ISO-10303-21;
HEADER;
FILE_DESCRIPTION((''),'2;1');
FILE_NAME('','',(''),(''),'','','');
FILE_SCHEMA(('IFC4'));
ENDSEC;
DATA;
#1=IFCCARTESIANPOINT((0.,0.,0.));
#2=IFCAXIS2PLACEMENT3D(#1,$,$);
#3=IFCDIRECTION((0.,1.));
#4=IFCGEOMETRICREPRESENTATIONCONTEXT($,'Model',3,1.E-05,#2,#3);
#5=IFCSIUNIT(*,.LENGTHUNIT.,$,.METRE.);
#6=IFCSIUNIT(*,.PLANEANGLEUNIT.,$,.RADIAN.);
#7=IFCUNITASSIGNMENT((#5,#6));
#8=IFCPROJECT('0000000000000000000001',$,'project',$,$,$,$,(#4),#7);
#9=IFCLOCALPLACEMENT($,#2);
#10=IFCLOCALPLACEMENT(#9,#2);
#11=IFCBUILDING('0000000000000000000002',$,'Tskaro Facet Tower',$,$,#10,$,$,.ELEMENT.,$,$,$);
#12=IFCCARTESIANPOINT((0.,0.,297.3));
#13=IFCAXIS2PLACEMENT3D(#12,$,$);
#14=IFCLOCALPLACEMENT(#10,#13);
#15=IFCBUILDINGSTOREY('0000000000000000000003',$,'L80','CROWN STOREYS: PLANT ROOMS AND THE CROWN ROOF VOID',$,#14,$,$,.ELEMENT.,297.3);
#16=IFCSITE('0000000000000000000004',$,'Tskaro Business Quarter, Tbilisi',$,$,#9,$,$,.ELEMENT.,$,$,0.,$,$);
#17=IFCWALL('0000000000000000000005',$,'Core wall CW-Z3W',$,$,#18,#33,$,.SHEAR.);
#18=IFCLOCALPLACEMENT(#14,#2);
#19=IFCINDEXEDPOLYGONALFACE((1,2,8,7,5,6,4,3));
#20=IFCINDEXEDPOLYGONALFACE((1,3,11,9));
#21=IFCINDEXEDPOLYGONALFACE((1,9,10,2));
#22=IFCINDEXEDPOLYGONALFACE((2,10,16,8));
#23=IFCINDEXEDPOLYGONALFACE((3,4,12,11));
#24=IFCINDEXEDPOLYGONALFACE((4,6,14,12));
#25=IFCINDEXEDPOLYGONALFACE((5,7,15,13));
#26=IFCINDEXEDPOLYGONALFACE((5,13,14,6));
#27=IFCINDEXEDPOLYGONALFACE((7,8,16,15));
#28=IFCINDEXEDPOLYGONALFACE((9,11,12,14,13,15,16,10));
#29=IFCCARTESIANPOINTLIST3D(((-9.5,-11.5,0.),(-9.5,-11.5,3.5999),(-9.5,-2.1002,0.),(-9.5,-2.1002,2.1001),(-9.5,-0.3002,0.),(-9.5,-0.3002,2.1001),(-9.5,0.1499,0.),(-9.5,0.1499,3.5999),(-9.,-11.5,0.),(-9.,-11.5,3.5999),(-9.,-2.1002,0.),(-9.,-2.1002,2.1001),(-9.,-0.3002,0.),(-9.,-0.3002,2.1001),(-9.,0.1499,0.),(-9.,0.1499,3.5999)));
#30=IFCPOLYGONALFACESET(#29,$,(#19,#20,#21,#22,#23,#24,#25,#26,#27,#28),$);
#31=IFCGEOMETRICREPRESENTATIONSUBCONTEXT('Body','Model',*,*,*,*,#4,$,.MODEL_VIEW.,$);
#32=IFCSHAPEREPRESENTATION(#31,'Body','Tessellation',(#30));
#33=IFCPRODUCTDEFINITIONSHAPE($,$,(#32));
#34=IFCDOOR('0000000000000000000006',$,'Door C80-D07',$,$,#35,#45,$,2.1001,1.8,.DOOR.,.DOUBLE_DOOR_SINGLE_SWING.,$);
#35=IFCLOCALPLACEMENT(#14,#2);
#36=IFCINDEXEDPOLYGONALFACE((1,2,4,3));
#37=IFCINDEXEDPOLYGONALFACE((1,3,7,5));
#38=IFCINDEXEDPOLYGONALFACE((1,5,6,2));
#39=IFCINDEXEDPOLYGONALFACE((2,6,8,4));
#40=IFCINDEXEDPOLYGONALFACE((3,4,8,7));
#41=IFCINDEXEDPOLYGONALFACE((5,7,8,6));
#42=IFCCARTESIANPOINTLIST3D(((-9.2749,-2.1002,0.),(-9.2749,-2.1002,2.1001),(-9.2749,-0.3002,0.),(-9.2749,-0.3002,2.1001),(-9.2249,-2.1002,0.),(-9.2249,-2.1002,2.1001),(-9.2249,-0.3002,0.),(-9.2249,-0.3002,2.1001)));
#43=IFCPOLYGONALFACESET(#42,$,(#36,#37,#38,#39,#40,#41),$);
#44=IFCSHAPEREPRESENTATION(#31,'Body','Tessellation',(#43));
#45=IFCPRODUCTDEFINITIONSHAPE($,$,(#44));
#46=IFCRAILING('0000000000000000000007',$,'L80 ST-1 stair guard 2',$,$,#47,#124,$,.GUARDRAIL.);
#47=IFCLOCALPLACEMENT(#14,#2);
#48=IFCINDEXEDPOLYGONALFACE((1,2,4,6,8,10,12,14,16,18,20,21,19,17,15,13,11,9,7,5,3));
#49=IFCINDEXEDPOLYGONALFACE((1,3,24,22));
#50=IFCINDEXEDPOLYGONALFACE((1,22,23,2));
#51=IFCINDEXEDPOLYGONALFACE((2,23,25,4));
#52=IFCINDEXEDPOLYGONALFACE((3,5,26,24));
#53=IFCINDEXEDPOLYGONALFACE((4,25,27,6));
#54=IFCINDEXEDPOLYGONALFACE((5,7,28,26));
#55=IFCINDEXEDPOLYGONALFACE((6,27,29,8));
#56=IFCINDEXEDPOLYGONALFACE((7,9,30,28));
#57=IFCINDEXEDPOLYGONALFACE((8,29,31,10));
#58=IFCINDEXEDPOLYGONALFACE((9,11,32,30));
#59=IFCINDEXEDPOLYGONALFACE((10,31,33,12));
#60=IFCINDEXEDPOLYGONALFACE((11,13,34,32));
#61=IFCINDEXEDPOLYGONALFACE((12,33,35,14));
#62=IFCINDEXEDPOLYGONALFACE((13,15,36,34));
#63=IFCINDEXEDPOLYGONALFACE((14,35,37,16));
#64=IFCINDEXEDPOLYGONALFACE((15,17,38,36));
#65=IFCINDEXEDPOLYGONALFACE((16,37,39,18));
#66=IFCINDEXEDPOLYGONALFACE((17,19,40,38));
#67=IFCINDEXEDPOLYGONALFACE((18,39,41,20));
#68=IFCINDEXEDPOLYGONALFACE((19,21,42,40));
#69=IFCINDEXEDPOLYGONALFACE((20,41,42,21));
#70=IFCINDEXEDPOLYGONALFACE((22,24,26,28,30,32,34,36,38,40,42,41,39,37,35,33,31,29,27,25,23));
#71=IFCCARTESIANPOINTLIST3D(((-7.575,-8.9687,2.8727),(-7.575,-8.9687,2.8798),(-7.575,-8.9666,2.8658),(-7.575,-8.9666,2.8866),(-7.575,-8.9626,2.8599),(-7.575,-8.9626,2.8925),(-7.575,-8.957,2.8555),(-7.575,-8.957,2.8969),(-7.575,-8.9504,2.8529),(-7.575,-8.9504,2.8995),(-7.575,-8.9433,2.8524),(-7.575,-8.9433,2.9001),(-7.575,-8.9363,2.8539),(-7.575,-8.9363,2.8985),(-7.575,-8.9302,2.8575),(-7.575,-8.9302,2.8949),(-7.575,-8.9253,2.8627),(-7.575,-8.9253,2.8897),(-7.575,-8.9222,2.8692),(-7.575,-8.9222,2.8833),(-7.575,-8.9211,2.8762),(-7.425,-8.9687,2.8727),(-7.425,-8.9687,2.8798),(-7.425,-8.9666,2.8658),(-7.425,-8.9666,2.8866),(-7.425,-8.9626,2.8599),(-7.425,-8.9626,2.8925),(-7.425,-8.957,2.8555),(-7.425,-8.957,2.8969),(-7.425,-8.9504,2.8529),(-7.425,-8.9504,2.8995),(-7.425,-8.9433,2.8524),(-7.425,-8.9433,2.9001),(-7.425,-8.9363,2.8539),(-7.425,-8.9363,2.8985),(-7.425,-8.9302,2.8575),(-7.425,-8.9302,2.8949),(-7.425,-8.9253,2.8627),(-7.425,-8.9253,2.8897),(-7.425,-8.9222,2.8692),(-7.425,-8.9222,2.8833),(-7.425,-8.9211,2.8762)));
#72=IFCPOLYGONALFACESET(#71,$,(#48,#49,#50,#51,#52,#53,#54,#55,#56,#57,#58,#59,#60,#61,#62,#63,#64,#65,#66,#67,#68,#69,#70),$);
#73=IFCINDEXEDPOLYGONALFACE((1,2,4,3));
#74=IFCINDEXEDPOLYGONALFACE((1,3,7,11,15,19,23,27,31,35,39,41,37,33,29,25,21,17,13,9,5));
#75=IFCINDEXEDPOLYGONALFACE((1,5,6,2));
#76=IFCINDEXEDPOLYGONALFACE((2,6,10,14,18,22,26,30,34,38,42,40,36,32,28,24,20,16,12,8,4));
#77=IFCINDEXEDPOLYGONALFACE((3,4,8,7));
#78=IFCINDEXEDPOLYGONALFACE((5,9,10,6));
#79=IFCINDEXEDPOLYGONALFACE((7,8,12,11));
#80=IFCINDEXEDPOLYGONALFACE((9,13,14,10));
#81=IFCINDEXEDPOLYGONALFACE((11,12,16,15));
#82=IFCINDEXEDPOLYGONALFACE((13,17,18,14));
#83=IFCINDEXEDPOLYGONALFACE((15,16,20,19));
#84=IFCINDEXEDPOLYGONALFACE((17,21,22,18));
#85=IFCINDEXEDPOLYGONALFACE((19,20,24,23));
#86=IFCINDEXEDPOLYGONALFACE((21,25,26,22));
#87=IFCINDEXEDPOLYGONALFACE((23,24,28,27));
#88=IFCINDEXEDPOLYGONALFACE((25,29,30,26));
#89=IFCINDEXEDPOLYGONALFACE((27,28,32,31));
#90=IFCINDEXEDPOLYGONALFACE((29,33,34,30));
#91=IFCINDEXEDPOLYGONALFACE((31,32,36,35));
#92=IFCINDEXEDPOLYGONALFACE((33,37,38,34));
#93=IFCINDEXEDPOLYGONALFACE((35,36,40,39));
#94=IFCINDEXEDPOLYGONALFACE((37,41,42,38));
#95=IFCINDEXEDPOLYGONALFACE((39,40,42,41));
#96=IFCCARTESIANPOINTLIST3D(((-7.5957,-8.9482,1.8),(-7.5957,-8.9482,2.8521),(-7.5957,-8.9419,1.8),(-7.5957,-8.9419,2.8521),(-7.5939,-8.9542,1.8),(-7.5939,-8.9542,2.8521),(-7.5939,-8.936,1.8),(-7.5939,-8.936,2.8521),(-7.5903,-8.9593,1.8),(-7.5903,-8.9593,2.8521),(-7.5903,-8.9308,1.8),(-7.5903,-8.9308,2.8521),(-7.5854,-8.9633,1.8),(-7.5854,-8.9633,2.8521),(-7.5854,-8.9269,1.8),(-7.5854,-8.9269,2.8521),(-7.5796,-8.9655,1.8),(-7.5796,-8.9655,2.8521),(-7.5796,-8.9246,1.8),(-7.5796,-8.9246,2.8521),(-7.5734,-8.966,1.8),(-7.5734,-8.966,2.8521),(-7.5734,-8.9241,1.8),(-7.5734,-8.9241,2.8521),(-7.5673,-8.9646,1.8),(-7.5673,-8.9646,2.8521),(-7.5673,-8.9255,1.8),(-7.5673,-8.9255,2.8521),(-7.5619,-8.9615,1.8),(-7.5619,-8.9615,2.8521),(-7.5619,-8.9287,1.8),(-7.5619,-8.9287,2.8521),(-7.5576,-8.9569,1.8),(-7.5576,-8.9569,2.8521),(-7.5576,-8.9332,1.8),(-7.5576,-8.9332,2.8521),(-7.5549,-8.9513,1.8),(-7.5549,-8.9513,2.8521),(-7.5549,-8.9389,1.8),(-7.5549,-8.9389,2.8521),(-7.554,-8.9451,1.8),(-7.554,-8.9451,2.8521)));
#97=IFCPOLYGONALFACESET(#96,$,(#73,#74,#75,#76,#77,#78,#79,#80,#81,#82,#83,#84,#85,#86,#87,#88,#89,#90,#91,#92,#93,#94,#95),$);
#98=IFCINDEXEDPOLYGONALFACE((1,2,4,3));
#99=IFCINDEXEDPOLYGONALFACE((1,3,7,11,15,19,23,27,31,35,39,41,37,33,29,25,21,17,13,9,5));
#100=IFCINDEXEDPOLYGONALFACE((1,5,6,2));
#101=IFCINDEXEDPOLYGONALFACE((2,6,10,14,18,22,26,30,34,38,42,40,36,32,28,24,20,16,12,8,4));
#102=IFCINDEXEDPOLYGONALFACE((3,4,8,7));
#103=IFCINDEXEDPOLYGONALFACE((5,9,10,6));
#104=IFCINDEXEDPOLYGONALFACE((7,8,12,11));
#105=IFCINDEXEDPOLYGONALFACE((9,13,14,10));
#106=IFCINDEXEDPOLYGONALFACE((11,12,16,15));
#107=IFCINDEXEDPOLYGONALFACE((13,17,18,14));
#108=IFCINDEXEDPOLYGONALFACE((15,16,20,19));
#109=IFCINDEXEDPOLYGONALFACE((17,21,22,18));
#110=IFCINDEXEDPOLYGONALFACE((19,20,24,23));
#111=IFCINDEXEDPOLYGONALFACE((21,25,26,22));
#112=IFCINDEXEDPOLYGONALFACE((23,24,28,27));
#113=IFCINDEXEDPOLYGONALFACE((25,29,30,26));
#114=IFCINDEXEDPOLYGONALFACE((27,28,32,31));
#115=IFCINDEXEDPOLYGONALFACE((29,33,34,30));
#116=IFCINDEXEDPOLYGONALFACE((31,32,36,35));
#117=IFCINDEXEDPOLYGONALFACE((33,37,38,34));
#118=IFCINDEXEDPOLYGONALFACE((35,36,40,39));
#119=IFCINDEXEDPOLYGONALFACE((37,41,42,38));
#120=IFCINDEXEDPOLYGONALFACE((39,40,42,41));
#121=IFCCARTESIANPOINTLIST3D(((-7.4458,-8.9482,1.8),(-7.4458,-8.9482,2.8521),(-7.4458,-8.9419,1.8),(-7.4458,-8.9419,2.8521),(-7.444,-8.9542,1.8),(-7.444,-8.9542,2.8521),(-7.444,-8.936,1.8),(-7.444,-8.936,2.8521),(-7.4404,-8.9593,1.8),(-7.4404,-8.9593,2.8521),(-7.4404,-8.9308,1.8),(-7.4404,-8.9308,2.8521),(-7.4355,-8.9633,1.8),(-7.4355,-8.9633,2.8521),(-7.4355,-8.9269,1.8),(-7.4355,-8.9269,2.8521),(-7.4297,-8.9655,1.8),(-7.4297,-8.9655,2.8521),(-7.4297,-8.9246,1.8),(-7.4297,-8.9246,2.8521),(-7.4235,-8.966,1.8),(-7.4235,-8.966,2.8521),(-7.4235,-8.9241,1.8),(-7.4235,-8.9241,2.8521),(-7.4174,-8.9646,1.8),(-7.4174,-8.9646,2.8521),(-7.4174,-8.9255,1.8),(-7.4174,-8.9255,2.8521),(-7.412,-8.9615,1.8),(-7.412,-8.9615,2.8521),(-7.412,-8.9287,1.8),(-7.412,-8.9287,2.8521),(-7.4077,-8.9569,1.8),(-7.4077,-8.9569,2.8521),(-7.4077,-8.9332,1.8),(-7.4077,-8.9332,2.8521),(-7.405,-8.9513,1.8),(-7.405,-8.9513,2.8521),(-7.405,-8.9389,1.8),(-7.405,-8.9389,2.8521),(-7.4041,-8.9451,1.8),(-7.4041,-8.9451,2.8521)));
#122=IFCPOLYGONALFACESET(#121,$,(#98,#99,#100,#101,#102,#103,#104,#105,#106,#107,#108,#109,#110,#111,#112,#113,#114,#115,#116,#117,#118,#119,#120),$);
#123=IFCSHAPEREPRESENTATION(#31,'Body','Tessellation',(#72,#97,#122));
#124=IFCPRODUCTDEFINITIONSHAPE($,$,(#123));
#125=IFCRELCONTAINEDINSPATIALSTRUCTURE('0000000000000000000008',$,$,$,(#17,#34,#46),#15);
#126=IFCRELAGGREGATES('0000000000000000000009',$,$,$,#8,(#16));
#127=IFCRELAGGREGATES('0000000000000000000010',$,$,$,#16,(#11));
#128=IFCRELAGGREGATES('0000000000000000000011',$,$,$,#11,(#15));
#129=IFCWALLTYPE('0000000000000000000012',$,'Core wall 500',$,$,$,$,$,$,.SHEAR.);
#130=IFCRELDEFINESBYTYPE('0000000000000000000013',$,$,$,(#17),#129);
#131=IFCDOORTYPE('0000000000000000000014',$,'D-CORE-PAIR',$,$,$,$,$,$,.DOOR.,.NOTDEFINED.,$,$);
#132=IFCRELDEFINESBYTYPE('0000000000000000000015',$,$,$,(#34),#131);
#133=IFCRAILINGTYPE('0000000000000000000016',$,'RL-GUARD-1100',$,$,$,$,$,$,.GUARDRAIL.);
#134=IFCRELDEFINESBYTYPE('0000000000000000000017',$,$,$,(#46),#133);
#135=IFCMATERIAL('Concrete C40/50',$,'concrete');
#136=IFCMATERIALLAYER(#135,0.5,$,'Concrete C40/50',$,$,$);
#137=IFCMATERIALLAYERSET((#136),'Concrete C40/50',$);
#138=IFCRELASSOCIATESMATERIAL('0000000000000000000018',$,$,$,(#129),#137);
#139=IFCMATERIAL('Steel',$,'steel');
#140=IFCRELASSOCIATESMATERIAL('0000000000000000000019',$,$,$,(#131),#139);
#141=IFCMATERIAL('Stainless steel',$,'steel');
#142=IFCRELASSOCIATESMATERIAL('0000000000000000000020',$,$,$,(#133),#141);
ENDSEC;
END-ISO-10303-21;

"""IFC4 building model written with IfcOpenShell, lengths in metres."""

from ifc_helpers import new_model, si_unit, direction, frame, frame_2d, origin, origin_2d, place, context, subcontext, project, spatial, polyline, rectangle, circle, outline, extrude, material, layer, layer_set, type_object, element, fill, save


model = new_model("IFC4")

# Units and contexts
model_context = context("Model", 3, precision=1e-05, world=origin(), true_north=direction((0.0, 1.0)))
body_context = subcontext(model_context, "Body", "Model", "MODEL_VIEW")
ifc_project = project(units=[si_unit("LENGTHUNIT", "METRE"), si_unit("PLANEANGLEUNIT", "RADIAN")], contexts=[model_context])

# Site, building, storey
site_placement = place(None, origin())
site = spatial("IfcSite", under=ifc_project, at=site_placement, Name="Tskaro Business Quarter, Tbilisi", CompositionType="ELEMENT", RefElevation=0.0)
building_placement = place(site_placement, origin())
building = spatial("IfcBuilding", under=site, at=building_placement, Name="Tskaro Facet Tower", CompositionType="ELEMENT")
storey_placement = place(building_placement, frame((0.0, 0.0, 297.3)))
storey = spatial("IfcBuildingStorey", under=building, at=storey_placement, Name="L80", Description="CROWN STOREYS: PLANT ROOMS AND THE CROWN ROOF VOID", CompositionType="ELEMENT", Elevation=297.3)

# Shared definitions
ifc_material_1 = material(Name="Stainless steel", Category="steel")

# Shared definitions
ifc_material_2 = material(Name="Steel", Category="steel")

# Shared definitions
ifc_material_3 = material(Name="Concrete C40/50", Category="concrete")
ifc_layer_1 = layer(ifc_material_3, 0.5, Name="Concrete C40/50")
ifc_layer_set_1 = layer_set([ifc_layer_1], Name="Concrete C40/50")
wall_type_1 = type_object("IfcWallType", Name="Core wall 500", PredefinedType="SHEAR", material=ifc_layer_set_1)

# Wall, opening, door
wall_1_placement = place(storey_placement, frame((-9.25, -11.5, 0.0), z_axis=(0.0, 0.0, 1.0), x_axis=(0.0, 1.0, 0.0)))
wall_1 = element("IfcWall", 1, at=wall_1_placement, inside=storey, type_object=wall_type_1, Name="Core wall CW-Z3W", PredefinedType="SHEAR", context=body_context, shape_type="SweptSolid", body=[
    extrude(outline(polyline([(0.0, 0.0), (11.6499, 0.0), (11.6499, 3.5999), (0.0, 3.5999), (0.0, 0.0)])), frame((0.0, 0.25, 0.0), z_axis=(0.0, -1.0, 0.0), x_axis=(1.0, 0.0, 0.0)), (0.0, 0.0, 1.0), 0.5),
])
opening_1_placement = place(wall_1_placement, frame((9.3999, 0.0, 0.0)))
opening_1 = element("IfcOpeningElement", 2, at=opening_1_placement, cuts=wall_1, PredefinedType="OPENING", context=body_context, shape_type="SweptSolid", body=[
    extrude(rectangle(XDim=1.8, YDim=2.1001, at=frame_2d((0.8999, 1.05))), frame((0.0, 0.26, 0.0), z_axis=(0.0, -1.0, 0.0), x_axis=(1.0, 0.0, 0.0)), (0.0, 0.0, 1.0), 0.52),
])
door_type_1 = type_object("IfcDoorType", Name="D-CORE-PAIR", OperationType="NOTDEFINED", PredefinedType="DOOR", material=ifc_material_2)
door_1_placement = place(opening_1_placement, origin())
door_1 = element("IfcDoor", 3, at=door_1_placement, inside=storey, type_object=door_type_1, Name="Door C80-D07", OperationType="DOUBLE_DOOR_SINGLE_SWING", OverallHeight=2.1001, OverallWidth=1.8, PredefinedType="DOOR", context=body_context, shape_type="SweptSolid", body=[
    extrude(rectangle(XDim=1.8, YDim=2.1001, at=frame_2d((0.8999, 1.05))), frame((0.0, 0.0249, 0.0), z_axis=(0.0, -1.0, 0.0), x_axis=(1.0, 0.0, 0.0)), (0.0, 0.0, 1.0), 0.05),
])
fill(opening_1, door_1)

# Railing
railing_type = type_object("IfcRailingType", Name="RL-GUARD-1100", PredefinedType="GUARDRAIL", material=ifc_material_1)
railing_placement = place(storey_placement, frame((-7.575, -8.9451, 1.8)))
element("IfcRailing", 4, at=railing_placement, inside=storey, type_object=railing_type, Name="L80 ST-1 stair guard 2", PredefinedType="GUARDRAIL", context=body_context, shape_type="SweptSolid", body=[
    extrude(circle(Radius=0.0239, at=origin_2d()), frame((0.0, 0.0, 1.0762), z_axis=(1.0, 0.0, 0.0), x_axis=(0.0, 1.0, 0.0)), (0.0, 0.0, 1.0), 0.1499),
    extrude(circle(Radius=0.021, at=origin_2d()), origin(), (0.0, 0.0, 1.0), 1.052),
    extrude(circle(Radius=0.021, at=origin_2d()), frame((0.1499, 0.0, 0.0)), (0.0, 0.0, 1.0), 1.052),
])

save(model, "model.ifc")
